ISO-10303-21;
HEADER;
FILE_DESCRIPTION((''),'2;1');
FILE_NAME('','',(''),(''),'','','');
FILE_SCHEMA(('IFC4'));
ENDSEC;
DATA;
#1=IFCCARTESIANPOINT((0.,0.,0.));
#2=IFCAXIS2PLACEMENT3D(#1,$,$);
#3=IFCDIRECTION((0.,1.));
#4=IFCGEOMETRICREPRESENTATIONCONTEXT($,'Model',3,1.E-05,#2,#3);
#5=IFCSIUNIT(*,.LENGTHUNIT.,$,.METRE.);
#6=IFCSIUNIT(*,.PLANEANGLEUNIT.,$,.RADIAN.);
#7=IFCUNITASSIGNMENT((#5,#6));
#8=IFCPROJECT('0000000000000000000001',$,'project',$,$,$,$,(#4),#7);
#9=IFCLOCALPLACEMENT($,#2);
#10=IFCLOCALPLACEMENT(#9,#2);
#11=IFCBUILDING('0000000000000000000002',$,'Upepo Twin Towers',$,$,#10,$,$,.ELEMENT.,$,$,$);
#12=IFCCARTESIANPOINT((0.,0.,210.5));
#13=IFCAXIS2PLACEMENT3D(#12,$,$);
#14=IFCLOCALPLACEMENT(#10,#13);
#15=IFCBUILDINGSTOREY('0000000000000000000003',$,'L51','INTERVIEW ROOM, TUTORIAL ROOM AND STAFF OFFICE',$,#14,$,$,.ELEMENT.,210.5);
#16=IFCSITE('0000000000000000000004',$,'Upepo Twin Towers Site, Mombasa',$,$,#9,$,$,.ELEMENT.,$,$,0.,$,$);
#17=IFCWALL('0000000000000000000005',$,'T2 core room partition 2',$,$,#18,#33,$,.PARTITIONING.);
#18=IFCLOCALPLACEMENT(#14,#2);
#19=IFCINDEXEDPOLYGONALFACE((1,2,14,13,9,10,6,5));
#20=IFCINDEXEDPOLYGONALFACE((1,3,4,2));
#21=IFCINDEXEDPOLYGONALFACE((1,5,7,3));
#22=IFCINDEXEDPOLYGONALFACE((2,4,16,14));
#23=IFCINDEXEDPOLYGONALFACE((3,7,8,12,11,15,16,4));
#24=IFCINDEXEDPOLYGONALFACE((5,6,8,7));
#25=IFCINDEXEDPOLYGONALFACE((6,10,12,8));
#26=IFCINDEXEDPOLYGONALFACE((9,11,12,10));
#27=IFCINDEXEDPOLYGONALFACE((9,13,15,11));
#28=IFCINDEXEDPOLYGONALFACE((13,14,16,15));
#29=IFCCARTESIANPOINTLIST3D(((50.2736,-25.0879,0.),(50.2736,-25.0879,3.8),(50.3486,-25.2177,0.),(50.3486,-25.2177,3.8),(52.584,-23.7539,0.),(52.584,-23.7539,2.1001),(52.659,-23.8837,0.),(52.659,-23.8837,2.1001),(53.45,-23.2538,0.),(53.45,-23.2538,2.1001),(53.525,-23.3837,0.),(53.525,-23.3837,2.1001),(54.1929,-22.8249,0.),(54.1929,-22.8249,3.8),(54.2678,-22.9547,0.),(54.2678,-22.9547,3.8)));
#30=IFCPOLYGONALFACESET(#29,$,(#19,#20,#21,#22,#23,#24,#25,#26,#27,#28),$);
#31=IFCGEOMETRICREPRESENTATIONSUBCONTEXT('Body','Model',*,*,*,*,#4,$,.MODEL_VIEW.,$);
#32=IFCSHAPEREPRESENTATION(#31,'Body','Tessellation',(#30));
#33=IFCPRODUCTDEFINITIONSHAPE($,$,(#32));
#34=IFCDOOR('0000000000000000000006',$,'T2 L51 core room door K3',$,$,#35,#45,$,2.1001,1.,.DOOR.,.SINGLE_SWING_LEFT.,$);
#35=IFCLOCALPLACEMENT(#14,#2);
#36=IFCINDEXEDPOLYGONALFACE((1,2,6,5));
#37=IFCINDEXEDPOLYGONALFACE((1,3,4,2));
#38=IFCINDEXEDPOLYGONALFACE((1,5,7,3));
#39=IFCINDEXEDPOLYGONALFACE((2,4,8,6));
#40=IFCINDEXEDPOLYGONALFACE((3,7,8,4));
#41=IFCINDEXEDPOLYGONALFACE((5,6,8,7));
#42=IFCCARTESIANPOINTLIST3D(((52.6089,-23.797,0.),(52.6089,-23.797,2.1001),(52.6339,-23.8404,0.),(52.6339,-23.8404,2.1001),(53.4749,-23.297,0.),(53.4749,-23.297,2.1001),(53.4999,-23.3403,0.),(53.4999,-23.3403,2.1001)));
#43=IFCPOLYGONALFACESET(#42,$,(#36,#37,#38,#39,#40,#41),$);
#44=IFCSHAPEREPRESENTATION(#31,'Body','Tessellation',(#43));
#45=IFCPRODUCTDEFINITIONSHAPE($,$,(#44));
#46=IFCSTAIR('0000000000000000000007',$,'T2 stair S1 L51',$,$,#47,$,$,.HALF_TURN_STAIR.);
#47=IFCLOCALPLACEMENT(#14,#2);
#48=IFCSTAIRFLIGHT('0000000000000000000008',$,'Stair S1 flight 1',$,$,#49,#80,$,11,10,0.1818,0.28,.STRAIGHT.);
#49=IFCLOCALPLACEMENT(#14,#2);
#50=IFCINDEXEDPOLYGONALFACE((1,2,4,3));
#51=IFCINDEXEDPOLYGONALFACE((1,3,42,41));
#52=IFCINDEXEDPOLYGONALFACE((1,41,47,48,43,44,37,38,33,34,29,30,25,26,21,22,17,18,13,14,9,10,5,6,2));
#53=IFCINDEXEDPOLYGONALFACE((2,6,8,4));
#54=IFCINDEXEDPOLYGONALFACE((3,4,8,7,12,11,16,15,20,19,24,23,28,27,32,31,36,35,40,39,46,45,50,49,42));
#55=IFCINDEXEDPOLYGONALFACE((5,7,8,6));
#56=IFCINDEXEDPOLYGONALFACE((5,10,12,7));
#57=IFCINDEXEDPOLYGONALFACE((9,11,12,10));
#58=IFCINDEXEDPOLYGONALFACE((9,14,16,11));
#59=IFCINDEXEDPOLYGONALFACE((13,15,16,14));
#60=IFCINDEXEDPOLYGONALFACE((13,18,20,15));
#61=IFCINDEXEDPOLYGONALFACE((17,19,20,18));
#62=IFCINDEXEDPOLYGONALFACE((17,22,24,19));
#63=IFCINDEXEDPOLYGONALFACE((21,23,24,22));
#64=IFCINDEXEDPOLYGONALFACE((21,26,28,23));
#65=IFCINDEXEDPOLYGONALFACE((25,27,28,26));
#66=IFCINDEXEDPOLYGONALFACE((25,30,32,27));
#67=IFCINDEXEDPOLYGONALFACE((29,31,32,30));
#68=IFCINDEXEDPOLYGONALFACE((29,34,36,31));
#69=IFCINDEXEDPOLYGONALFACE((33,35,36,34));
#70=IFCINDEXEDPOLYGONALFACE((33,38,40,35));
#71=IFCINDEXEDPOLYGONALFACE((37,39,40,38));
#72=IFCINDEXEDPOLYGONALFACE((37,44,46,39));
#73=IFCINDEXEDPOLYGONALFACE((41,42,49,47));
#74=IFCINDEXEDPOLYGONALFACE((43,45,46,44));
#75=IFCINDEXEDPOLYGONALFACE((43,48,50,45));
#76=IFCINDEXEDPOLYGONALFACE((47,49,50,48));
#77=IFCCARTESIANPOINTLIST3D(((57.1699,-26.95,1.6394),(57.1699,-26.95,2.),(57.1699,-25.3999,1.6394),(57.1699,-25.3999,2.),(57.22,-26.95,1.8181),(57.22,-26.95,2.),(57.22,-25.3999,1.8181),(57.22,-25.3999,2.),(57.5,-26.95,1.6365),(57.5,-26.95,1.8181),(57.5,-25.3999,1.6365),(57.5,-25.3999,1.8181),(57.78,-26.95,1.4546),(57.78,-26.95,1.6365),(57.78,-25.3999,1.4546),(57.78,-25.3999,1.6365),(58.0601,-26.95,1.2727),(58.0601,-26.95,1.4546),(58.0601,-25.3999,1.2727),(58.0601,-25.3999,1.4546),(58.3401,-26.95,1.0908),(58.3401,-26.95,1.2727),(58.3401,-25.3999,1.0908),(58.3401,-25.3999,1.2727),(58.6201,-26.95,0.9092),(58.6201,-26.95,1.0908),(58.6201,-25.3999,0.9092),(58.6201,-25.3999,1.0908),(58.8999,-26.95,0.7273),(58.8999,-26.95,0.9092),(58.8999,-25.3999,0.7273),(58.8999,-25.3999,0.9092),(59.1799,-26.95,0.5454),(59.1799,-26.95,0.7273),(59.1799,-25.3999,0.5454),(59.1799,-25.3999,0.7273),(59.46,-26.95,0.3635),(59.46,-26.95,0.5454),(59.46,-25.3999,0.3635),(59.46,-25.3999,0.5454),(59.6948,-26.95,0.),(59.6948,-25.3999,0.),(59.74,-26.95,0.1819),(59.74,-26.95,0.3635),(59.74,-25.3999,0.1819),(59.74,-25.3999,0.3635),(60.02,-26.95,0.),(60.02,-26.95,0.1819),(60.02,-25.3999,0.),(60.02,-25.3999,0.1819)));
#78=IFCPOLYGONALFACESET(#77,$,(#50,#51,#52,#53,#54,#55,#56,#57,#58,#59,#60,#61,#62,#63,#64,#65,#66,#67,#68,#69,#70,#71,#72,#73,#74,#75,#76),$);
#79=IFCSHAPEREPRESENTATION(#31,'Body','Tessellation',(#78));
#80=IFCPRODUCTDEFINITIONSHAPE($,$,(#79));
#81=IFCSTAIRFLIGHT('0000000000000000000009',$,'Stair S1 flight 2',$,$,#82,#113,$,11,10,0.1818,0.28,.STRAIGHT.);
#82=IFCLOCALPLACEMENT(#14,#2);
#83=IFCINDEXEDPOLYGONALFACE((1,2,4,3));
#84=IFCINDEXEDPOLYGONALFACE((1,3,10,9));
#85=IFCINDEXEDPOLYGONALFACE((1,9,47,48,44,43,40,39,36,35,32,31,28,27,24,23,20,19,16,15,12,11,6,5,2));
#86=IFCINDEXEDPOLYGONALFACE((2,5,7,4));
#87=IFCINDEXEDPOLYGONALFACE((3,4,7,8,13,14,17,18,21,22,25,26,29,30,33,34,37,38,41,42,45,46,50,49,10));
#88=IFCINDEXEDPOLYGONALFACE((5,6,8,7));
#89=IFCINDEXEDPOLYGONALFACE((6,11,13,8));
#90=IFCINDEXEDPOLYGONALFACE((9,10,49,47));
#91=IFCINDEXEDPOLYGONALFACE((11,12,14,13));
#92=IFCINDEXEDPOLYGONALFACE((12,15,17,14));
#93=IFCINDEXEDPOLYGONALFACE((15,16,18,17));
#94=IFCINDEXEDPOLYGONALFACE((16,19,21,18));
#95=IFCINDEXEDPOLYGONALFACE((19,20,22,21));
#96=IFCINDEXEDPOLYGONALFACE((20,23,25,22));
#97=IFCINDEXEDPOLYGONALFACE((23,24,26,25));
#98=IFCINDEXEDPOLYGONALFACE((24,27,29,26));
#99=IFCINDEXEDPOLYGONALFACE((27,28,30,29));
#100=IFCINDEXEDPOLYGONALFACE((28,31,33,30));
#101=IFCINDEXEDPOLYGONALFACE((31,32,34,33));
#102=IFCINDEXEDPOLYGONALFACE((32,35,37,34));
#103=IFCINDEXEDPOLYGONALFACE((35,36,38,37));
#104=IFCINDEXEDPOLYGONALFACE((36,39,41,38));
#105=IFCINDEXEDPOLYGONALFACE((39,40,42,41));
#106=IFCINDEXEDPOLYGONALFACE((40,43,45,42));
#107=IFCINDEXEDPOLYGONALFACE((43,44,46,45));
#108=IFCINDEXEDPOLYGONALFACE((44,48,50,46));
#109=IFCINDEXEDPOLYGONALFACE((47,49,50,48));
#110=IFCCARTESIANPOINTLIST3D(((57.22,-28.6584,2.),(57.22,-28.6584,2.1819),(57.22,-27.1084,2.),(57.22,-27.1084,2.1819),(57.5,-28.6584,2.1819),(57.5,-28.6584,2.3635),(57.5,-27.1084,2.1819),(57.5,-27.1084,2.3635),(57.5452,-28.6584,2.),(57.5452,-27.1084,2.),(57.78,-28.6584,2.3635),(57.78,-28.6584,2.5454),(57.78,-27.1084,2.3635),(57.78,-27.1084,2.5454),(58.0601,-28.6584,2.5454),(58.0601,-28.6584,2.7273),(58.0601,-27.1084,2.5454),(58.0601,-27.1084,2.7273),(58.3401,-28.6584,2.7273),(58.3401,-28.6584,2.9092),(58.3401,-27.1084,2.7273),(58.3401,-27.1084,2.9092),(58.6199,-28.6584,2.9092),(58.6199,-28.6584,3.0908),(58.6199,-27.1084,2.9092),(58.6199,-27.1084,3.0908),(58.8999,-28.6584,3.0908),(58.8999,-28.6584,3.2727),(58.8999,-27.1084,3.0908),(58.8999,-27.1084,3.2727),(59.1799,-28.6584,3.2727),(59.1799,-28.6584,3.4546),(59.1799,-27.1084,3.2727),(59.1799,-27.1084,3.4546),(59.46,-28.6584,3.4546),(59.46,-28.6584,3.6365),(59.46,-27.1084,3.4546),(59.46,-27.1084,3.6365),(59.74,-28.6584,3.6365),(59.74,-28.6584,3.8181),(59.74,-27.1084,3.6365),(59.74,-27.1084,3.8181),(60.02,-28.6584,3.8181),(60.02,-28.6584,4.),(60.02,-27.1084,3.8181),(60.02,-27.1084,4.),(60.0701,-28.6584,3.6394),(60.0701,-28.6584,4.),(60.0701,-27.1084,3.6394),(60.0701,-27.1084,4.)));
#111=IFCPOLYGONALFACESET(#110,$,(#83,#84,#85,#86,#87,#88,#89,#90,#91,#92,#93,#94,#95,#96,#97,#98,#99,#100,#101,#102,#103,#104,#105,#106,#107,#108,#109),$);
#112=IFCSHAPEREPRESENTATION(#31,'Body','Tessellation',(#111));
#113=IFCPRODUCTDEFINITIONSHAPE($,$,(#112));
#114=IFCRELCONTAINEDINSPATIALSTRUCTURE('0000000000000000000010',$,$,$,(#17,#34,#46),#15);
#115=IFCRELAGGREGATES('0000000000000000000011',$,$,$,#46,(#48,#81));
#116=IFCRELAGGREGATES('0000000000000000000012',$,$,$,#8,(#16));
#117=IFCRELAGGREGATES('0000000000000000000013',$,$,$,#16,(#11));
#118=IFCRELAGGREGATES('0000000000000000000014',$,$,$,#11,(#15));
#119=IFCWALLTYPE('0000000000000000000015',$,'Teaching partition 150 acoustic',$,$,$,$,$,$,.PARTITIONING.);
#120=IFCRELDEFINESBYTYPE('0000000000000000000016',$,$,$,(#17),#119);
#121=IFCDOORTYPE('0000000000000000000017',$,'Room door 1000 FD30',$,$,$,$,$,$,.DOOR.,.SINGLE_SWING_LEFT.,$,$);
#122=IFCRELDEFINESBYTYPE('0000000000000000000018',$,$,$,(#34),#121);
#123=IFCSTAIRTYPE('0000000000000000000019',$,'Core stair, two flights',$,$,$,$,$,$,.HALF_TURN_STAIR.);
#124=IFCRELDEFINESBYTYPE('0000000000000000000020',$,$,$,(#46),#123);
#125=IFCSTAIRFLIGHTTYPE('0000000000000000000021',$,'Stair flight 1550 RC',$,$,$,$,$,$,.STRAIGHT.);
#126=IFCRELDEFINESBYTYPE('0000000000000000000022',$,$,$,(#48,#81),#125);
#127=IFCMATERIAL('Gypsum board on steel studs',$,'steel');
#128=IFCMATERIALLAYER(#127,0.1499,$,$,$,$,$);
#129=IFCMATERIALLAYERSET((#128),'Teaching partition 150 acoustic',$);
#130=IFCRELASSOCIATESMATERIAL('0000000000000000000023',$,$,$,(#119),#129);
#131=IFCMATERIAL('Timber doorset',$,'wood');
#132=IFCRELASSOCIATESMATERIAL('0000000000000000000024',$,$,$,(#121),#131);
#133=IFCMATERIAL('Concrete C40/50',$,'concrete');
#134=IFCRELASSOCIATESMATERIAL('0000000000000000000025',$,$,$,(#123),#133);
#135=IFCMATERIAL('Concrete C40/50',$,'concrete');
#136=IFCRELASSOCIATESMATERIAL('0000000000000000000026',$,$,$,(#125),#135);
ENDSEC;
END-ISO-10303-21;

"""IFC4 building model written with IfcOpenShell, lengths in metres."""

from ifc_helpers import new_model, si_unit, direction, frame, frame_2d, origin, place, context, subcontext, project, spatial, polyline, rectangle, outline, extrude, material, layer, layer_set, type_object, element, fill, aggregate, save


model = new_model("IFC4")

# Units and contexts
model_context = context("Model", 3, precision=1e-05, world=origin(), true_north=direction((0.0, 1.0)))
body_context = subcontext(model_context, "Body", "Model", "MODEL_VIEW")
ifc_project = project(units=[si_unit("LENGTHUNIT", "METRE"), si_unit("PLANEANGLEUNIT", "RADIAN")], contexts=[model_context])

# Site, building, storey
site_placement = place(None, origin())
site = spatial("IfcSite", under=ifc_project, at=site_placement, Name="Upepo Twin Towers Site, Mombasa", CompositionType="ELEMENT", RefElevation=0.0)
building_placement = place(site_placement, origin())
building = spatial("IfcBuilding", under=site, at=building_placement, Name="Upepo Twin Towers", CompositionType="ELEMENT")
storey_placement = place(building_placement, frame((0.0, 0.0, 210.5)))
storey = spatial("IfcBuildingStorey", under=building, at=storey_placement, Name="L51", Description="INTERVIEW ROOM, TUTORIAL ROOM AND STAFF OFFICE", CompositionType="ELEMENT", Elevation=210.5)

# Wall, opening, door
ifc_material_1 = material(Name="Gypsum board on steel studs", Category="steel")
ifc_layer_1 = layer(ifc_material_1, 0.1499)
ifc_layer_set_1 = layer_set([ifc_layer_1], Name="Teaching partition 150 acoustic")
wall_type_1 = type_object("IfcWallType", Name="Teaching partition 150 acoustic", PredefinedType="PARTITIONING", material=ifc_layer_set_1)
wall_1_placement = place(storey_placement, frame((54.2302, -22.8899, 0.0), z_axis=(0.0, 0.0, 1.0), x_axis=(-0.866007, -0.500032, 0.0)))
wall_1 = element("IfcWall", 1, at=wall_1_placement, inside=storey, type_object=wall_type_1, Name="T2 core room partition 2", PredefinedType="PARTITIONING", context=body_context, shape_type="SweptSolid", body=[
    extrude(rectangle(XDim=4.5256, YDim=0.1499, at=frame_2d((2.2627, 0.0))), origin(), (0.0, 0.0, 1.0), 3.8),
])
opening_1_placement = place(wall_1_placement, frame((0.8577, 0.0, 0.0)))
opening_1 = element("IfcOpeningElement", 2, at=opening_1_placement, cuts=wall_1, PredefinedType="OPENING", context=body_context, shape_type="SweptSolid", body=[
    extrude(rectangle(XDim=1.0, YDim=2.1001, at=frame_2d((0.5, 1.05))), frame((0.0, 0.085, 0.0), z_axis=(0.0, -1.0, 0.0), x_axis=(1.0, 0.0, 0.0)), (0.0, 0.0, 1.0), 0.1699),
])
ifc_material_2 = material(Name="Timber doorset", Category="wood")
door_type_1 = type_object("IfcDoorType", Name="Room door 1000 FD30", OperationType="SINGLE_SWING_LEFT", PredefinedType="DOOR", material=ifc_material_2)
door_1_placement = place(opening_1_placement, origin())
door_1 = element("IfcDoor", 3, at=door_1_placement, inside=storey, type_object=door_type_1, Name="T2 L51 core room door K3", OperationType="SINGLE_SWING_LEFT", OverallHeight=2.1001, OverallWidth=1.0, PredefinedType="DOOR", context=body_context, shape_type="SweptSolid", body=[
    extrude(rectangle(XDim=1.0, YDim=2.1001, at=frame_2d((0.5, 1.05))), frame((0.0, 0.0249, 0.0), z_axis=(0.0, -1.0, 0.0), x_axis=(1.0, 0.0, 0.0)), (0.0, 0.0, 1.0), 0.05),
])
fill(opening_1, door_1)

# Stair, stair flights
ifc_material_3 = material(Name="Concrete C40/50", Category="concrete")
stair_type = type_object("IfcStairType", Name="Core stair, two flights", PredefinedType="HALF_TURN_STAIR", material=ifc_material_3)
stair_placement = place(storey_placement, origin())
stair = element("IfcStair", 4, at=stair_placement, inside=storey, type_object=stair_type, Name="T2 stair S1 L51", PredefinedType="HALF_TURN_STAIR")
ifc_material_4 = material(Name="Concrete C40/50", Category="concrete")
stair_flight_type = type_object("IfcStairFlightType", Name="Stair flight 1550 RC", PredefinedType="STRAIGHT", material=ifc_material_4)
stair_flight_1_placement = place(storey_placement, frame((60.02, -26.175, 0.0), z_axis=(0.0, 0.0, 1.0), x_axis=(-1.0, 0.0, 0.0)))
stair_flight_1 = element("IfcStairFlight", 5, at=stair_flight_1_placement, type_object=stair_flight_type, Name="Stair S1 flight 1", NumberOfRisers=11, NumberOfTreads=10, PredefinedType="STRAIGHT", RiserHeight=0.1818, TreadLength=0.28, context=body_context, shape_type="SweptSolid", body=[
    extrude(outline(polyline([(0.0, 0.0), (0.0, 0.1819), (0.28, 0.1819), (0.28, 0.3635), (0.5601, 0.3635), (0.5601, 0.5454), (0.8401, 0.5454), (0.8401, 0.7273), (1.1201, 0.7273), (1.1201, 0.9092), (1.3999, 0.9092), (1.3999, 1.0908), (1.6799, 1.0908), (1.6799, 1.2727), (1.96, 1.2727), (1.96, 1.4546), (2.24, 1.4546), (2.24, 1.6365), (2.52, 1.6365), (2.52, 1.8181), (2.8, 1.8181), (2.8, 2.0), (2.8501, 2.0), (2.8501, 1.6394), (0.3252, 0.0), (0.0, 0.0)])), frame((0.0, 0.7749, 0.0), z_axis=(0.0, -1.0, 0.0), x_axis=(1.0, 0.0, 0.0)), (0.0, 0.0, 1.0), 1.55),
])
stair_flight_2_placement = place(storey_placement, frame((57.22, -27.8833, 2.0), z_axis=(0.0, 0.0, 1.0), x_axis=(1.0, 0.0, 0.0)))
stair_flight_2 = element("IfcStairFlight", 6, at=stair_flight_2_placement, type_object=stair_flight_type, Name="Stair S1 flight 2", NumberOfRisers=11, NumberOfTreads=10, PredefinedType="STRAIGHT", RiserHeight=0.1818, TreadLength=0.28, context=body_context, shape_type="SweptSolid", body=[
    extrude(outline(polyline([(0.0, 0.0), (0.0, 0.1819), (0.28, 0.1819), (0.28, 0.3635), (0.5601, 0.3635), (0.5601, 0.5454), (0.8401, 0.5454), (0.8401, 0.7273), (1.1201, 0.7273), (1.1201, 0.9092), (1.3999, 0.9092), (1.3999, 1.0908), (1.6799, 1.0908), (1.6799, 1.2727), (1.96, 1.2727), (1.96, 1.4546), (2.24, 1.4546), (2.24, 1.6365), (2.52, 1.6365), (2.52, 1.8181), (2.8, 1.8181), (2.8, 2.0), (2.8501, 2.0), (2.8501, 1.6394), (0.3252, 0.0), (0.0, 0.0)])), frame((0.0, 0.7749, 0.0), z_axis=(0.0, -1.0, 0.0), x_axis=(1.0, 0.0, 0.0)), (0.0, 0.0, 1.0), 1.55),
])
aggregate(stair, [stair_flight_1, stair_flight_2])

save(model, "model.ifc")
